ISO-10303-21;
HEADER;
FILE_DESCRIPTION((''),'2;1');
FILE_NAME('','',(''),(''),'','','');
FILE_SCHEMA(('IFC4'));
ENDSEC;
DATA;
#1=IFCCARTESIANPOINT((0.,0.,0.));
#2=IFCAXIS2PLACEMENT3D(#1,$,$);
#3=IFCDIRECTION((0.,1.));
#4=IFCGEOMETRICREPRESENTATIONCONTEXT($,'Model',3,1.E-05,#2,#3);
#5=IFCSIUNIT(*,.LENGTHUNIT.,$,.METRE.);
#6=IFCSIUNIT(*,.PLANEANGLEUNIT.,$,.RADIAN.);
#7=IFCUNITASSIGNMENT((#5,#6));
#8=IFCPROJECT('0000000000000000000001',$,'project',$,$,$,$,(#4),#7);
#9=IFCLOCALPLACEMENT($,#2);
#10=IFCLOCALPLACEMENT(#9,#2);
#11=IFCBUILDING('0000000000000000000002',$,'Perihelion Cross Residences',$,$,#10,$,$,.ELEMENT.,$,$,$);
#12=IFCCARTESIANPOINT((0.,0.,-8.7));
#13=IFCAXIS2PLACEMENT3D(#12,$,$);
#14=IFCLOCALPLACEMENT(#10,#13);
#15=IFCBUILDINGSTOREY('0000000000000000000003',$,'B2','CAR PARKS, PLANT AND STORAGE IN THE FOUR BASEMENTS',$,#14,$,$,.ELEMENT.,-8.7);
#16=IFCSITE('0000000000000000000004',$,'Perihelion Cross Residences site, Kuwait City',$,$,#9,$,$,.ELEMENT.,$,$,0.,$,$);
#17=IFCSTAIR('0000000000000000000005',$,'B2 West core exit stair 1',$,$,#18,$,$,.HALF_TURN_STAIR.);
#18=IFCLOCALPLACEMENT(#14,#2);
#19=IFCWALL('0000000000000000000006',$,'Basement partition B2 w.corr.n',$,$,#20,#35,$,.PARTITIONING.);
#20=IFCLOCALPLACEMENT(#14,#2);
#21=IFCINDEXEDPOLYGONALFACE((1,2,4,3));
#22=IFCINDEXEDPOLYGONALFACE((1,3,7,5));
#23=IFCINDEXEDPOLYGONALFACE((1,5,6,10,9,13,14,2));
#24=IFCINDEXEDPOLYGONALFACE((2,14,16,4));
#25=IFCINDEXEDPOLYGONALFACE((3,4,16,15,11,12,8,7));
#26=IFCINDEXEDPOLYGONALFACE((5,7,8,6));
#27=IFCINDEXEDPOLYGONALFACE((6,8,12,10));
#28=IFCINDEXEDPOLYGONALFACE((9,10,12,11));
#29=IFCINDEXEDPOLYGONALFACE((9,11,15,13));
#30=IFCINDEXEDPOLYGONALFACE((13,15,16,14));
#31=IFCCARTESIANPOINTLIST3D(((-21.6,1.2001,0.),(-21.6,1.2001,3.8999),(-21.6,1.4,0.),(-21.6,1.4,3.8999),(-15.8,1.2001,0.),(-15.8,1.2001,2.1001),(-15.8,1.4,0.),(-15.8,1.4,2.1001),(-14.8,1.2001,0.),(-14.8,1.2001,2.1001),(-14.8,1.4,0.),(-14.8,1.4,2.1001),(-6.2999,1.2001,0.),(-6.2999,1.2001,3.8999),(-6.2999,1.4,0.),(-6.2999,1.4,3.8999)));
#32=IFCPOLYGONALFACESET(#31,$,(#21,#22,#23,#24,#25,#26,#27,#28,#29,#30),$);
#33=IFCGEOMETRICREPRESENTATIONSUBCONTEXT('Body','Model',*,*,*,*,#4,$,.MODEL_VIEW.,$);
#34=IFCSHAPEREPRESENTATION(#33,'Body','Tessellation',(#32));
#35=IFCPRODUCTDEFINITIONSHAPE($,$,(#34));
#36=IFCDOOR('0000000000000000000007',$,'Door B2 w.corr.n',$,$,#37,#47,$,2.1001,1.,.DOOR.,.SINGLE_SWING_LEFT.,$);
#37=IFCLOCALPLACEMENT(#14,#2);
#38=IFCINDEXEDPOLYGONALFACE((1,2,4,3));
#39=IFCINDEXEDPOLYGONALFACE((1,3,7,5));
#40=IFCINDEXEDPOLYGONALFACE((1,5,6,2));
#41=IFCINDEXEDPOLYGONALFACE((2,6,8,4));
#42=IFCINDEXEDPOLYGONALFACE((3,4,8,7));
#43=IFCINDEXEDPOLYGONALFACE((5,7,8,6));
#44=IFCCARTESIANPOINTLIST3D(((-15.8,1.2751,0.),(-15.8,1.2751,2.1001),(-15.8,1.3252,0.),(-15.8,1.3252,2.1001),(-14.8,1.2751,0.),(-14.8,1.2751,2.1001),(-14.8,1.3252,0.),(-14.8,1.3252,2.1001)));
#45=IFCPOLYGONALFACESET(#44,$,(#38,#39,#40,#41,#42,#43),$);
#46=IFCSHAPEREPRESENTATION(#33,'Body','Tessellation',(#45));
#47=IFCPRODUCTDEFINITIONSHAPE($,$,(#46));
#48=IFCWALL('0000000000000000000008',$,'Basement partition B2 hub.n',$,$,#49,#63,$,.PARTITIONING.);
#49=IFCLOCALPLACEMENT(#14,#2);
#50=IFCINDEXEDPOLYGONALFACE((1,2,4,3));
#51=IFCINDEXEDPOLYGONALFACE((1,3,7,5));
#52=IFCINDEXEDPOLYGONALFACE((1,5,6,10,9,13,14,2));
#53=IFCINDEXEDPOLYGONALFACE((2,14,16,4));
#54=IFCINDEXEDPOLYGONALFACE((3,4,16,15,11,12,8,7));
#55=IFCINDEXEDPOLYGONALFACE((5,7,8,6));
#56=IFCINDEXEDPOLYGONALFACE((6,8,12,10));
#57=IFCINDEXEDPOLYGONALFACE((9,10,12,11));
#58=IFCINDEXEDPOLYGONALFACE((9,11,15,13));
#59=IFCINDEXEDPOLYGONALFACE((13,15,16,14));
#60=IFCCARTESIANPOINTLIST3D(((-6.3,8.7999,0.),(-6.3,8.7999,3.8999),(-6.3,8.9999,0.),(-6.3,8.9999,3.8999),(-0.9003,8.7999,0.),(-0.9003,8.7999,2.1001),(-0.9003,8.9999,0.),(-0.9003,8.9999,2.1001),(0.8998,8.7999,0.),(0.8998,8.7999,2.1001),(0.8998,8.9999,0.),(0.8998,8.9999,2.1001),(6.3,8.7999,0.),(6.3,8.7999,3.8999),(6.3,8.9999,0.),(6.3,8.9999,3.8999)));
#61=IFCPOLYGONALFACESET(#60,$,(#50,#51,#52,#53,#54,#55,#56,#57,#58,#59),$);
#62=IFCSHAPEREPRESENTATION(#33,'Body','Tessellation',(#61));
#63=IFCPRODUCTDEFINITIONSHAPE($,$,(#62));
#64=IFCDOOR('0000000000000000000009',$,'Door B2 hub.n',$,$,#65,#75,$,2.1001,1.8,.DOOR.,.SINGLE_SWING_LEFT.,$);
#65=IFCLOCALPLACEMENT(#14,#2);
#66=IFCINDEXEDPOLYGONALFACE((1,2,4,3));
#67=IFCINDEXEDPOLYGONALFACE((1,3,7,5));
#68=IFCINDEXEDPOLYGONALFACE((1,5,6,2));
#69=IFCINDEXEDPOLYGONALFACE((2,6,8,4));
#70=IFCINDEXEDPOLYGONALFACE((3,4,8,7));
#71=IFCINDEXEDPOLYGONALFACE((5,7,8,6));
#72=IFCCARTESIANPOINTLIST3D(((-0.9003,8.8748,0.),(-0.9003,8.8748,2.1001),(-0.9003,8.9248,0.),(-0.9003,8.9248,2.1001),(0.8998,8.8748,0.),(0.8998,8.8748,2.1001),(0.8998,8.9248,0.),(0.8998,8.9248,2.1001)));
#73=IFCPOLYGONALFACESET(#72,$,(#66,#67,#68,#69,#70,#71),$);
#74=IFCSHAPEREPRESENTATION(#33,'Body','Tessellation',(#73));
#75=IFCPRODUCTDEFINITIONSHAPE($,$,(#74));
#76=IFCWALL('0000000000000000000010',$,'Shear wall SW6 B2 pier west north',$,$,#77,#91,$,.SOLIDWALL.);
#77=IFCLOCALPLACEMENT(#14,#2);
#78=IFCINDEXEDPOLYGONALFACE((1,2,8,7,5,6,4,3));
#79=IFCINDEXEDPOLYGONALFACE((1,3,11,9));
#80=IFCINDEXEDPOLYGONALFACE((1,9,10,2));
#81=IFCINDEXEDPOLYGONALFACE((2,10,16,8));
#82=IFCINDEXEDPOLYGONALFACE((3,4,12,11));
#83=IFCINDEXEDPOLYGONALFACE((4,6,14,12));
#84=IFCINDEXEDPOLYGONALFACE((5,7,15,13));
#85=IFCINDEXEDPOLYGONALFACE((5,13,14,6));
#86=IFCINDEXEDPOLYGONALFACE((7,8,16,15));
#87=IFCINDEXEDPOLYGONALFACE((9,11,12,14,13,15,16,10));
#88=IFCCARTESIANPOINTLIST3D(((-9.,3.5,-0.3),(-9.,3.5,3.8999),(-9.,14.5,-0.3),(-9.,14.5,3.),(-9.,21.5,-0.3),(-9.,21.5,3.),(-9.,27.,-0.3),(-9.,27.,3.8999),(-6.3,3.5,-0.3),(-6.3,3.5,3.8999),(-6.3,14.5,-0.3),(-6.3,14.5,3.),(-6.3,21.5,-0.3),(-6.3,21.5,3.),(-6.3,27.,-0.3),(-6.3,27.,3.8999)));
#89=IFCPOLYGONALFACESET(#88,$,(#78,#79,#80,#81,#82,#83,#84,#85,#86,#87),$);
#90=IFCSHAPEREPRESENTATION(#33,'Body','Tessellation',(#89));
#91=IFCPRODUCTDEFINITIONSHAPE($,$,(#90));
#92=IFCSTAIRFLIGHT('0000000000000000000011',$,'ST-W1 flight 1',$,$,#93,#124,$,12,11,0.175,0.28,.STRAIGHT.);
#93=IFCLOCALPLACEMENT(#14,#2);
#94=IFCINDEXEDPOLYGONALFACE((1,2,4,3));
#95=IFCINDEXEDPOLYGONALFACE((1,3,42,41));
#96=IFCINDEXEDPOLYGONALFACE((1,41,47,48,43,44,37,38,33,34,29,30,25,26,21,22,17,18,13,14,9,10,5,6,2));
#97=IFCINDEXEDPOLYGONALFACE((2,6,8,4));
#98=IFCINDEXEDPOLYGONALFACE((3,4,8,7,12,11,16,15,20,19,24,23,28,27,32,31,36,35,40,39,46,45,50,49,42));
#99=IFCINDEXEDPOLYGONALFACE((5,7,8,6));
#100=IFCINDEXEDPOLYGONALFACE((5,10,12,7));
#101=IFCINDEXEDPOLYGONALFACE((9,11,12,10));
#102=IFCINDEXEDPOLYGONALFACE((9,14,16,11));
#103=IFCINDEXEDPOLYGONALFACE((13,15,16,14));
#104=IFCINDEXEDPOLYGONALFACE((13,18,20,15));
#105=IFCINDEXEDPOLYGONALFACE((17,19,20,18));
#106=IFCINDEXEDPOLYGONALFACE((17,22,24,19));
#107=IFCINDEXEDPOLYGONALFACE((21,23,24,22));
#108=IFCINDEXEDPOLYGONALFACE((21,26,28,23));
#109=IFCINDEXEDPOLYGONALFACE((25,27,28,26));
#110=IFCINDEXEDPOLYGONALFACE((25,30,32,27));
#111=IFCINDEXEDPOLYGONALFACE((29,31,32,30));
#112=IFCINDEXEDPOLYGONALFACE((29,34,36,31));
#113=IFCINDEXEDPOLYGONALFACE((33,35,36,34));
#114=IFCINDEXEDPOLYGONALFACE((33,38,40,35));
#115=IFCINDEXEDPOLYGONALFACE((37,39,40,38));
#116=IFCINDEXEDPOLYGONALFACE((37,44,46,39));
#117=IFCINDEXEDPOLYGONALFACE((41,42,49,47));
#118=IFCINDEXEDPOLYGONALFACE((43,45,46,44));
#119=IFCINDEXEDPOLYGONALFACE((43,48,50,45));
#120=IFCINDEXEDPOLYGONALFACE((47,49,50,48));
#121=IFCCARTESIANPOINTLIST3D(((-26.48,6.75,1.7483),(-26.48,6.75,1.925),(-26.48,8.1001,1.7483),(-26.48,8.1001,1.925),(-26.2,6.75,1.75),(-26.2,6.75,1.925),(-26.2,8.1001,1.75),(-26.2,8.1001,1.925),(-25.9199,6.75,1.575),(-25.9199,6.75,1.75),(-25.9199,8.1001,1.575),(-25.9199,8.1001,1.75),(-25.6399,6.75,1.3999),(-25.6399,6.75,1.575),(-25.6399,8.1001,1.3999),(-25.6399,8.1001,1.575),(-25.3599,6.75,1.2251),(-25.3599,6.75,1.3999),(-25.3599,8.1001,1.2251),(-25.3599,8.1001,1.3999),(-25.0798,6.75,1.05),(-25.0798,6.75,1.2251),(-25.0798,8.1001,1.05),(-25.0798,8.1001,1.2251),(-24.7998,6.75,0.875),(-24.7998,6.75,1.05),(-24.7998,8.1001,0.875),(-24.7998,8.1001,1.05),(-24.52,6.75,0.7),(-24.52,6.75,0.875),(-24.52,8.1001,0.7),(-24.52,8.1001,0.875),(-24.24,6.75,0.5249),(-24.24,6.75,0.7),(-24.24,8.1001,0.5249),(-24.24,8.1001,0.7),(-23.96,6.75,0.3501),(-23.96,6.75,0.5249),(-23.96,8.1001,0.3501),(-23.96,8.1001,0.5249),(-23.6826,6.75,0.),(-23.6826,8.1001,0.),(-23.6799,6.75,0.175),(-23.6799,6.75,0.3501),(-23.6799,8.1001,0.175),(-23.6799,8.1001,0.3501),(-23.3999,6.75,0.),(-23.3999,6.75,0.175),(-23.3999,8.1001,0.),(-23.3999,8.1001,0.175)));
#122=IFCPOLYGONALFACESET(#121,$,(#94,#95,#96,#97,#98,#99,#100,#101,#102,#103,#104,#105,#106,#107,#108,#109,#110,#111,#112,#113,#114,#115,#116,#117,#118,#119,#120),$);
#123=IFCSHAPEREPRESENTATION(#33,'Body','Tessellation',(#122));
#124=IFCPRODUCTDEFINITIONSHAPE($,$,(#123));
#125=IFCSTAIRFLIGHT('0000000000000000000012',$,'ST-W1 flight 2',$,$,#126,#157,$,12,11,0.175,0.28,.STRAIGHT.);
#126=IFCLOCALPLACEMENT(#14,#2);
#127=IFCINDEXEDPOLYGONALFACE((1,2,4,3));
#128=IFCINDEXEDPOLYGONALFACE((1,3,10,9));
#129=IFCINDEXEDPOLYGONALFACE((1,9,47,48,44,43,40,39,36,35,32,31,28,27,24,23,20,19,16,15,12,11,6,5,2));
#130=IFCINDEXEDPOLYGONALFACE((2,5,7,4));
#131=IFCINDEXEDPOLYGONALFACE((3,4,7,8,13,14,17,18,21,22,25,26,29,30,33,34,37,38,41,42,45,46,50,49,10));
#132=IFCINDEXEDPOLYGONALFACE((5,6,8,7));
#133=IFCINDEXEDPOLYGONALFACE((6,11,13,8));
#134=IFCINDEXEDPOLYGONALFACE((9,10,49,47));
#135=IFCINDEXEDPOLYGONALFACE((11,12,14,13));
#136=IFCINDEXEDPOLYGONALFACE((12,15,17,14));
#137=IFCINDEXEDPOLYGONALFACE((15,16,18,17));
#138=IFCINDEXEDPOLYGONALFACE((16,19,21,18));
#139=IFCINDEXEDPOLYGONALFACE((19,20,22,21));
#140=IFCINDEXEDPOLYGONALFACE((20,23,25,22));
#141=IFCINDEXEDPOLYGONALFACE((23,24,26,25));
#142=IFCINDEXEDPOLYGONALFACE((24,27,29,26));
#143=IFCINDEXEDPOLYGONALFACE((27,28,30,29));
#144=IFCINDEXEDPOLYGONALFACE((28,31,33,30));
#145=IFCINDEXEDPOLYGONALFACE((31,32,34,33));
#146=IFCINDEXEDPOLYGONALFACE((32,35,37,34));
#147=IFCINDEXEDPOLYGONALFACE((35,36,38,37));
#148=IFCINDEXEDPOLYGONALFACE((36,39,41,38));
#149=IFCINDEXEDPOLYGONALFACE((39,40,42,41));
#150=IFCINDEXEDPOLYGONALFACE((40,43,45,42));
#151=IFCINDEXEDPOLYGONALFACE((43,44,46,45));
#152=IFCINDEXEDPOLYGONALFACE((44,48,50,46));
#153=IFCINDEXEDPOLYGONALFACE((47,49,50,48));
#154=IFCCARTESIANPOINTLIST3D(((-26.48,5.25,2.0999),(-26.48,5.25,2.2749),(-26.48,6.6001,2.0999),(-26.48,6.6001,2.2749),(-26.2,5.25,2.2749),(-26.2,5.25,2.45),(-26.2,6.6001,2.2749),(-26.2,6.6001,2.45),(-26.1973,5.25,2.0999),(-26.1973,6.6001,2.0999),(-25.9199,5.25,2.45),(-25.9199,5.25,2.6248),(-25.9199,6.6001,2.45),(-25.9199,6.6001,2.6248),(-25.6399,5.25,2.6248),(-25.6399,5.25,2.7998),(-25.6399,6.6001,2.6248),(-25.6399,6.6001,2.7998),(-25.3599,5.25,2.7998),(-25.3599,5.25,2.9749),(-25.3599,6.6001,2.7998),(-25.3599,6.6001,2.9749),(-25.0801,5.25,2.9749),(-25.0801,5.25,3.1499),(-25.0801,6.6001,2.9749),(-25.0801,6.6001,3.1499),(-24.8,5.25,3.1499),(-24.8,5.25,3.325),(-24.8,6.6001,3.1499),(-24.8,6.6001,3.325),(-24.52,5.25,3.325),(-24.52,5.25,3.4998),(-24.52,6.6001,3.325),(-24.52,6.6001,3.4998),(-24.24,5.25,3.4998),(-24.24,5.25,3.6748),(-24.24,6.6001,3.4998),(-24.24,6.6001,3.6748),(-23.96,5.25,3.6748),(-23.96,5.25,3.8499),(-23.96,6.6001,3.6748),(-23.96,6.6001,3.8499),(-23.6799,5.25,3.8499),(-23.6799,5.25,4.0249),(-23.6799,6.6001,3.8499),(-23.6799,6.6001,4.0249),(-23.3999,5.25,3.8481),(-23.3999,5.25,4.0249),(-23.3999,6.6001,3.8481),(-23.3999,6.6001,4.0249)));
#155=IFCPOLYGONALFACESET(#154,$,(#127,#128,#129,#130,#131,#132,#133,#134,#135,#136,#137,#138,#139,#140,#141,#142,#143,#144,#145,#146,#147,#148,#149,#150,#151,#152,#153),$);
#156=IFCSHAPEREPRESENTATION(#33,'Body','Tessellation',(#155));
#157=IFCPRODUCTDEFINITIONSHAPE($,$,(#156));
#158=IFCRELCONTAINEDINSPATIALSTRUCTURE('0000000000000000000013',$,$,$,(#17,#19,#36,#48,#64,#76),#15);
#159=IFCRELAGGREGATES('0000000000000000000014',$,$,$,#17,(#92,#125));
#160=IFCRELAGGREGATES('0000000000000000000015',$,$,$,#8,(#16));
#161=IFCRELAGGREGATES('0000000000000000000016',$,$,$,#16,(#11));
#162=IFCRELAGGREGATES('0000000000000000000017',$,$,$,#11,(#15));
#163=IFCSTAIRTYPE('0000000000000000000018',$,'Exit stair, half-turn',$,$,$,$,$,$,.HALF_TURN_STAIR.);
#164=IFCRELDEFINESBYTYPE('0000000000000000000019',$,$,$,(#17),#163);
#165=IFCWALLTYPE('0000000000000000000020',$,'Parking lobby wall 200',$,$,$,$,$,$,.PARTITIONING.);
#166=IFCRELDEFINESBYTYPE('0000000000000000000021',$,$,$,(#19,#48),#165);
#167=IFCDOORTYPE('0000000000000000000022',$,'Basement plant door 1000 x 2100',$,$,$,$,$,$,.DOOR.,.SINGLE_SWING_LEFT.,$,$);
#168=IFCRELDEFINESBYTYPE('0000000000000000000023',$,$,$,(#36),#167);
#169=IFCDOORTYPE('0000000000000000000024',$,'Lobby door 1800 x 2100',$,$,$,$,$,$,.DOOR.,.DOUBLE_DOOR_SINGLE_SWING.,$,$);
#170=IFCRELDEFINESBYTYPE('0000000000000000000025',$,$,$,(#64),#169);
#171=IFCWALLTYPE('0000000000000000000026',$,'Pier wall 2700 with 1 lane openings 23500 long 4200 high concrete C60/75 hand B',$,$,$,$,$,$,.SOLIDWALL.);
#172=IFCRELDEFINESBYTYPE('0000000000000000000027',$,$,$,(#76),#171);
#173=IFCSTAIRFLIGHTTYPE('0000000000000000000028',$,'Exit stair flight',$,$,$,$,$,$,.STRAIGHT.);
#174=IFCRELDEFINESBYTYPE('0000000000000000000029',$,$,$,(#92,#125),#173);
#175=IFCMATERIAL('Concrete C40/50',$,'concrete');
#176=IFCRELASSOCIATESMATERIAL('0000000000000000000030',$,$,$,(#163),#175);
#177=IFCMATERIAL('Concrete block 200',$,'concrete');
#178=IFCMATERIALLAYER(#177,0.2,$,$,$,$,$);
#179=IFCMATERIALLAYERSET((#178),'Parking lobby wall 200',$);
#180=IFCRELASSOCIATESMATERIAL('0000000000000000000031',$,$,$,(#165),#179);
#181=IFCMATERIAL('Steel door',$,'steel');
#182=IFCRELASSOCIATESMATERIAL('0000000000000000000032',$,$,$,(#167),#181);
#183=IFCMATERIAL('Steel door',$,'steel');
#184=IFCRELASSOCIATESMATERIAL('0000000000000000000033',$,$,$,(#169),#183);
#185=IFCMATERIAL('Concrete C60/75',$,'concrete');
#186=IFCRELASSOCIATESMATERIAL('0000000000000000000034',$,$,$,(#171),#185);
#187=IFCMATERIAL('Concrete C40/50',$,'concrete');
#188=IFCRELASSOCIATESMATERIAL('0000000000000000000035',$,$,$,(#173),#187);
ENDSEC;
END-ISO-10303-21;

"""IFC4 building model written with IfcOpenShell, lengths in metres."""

from ifc_helpers import new_model, si_unit, direction, frame, frame_2d, origin, place, context, subcontext, project, spatial, polyline, rectangle, outline, extrude, material, layer, layer_set, material_profile, profile_set, type_object, element, fill, aggregate, save


model = new_model("IFC4")

# Units and contexts
model_context = context("Model", 3, precision=1e-05, world=origin(), true_north=direction((0.0, 1.0)))
body_context = subcontext(model_context, "Body", "Model", "MODEL_VIEW")
ifc_project = project(units=[si_unit("LENGTHUNIT", "METRE"), si_unit("PLANEANGLEUNIT", "RADIAN")], contexts=[model_context])

# Site, building, storey
site_placement = place(None, origin())
site = spatial("IfcSite", under=ifc_project, at=site_placement, Name="Perihelion Cross Residences site, Kuwait City", CompositionType="ELEMENT", RefElevation=0.0)
building_placement = place(site_placement, origin())
building = spatial("IfcBuilding", under=site, at=building_placement, Name="Perihelion Cross Residences", CompositionType="ELEMENT")
storey_placement = place(building_placement, frame((0.0, 0.0, -8.7)))
storey = spatial("IfcBuildingStorey", under=building, at=storey_placement, Name="B2", Description="CAR PARKS, PLANT AND STORAGE IN THE FOUR BASEMENTS", CompositionType="ELEMENT", Elevation=-8.7)

# Stair
ifc_material_1 = material(Name="Concrete C40/50", Category="concrete")
stair_type = type_object("IfcStairType", Name="Exit stair, half-turn", PredefinedType="HALF_TURN_STAIR", material=ifc_material_1)
stair_1_placement = place(storey_placement, origin())
stair_1 = element("IfcStair", 1, at=stair_1_placement, inside=storey, type_object=stair_type, Name="B2 West core exit stair 1", PredefinedType="HALF_TURN_STAIR")

# Walls, openings, doors
ifc_material_2 = material(Name="Concrete block 200", Category="concrete")
ifc_layer_1 = layer(ifc_material_2, 0.2)
ifc_layer_set_1 = layer_set([ifc_layer_1], Name="Parking lobby wall 200")
wall_type_1 = type_object("IfcWallType", Name="Parking lobby wall 200", PredefinedType="PARTITIONING", material=ifc_layer_set_1)
wall_1_placement = place(storey_placement, frame((-6.3, 1.3, 0.0), z_axis=(0.0, 0.0, 1.0), x_axis=(-1.0, 0.0, 0.0)))
wall_1 = element("IfcWall", 2, at=wall_1_placement, inside=storey, type_object=wall_type_1, Name="Basement partition B2 w.corr.n", PredefinedType="PARTITIONING", context=body_context, shape_type="SweptSolid", body=[
    extrude(rectangle(XDim=15.3, YDim=0.2, at=frame_2d((7.6499, 0.0))), origin(), (0.0, 0.0, 1.0), 3.8999),
])
opening_1_placement = place(wall_1_placement, frame((8.5, 0.0, 0.0)))
opening_1 = element("IfcOpeningElement", 3, at=opening_1_placement, cuts=wall_1, PredefinedType="OPENING", context=body_context, shape_type="SweptSolid", body=[
    extrude(rectangle(XDim=1.0, YDim=2.1001, at=frame_2d((0.5, 1.05))), frame((0.0, 0.1099, 0.0), z_axis=(0.0, -1.0, 0.0), x_axis=(1.0, 0.0, 0.0)), (0.0, 0.0, 1.0), 0.22),
])
ifc_material_3 = material(Name="Steel door", Category="steel")
door_type_1 = type_object("IfcDoorType", Name="Basement plant door 1000 x 2100", OperationType="SINGLE_SWING_LEFT", PredefinedType="DOOR", material=ifc_material_3)
door_1_placement = place(opening_1_placement, origin())
door_1 = element("IfcDoor", 4, at=door_1_placement, inside=storey, type_object=door_type_1, Name="Door B2 w.corr.n", OperationType="SINGLE_SWING_LEFT", OverallHeight=2.1001, OverallWidth=1.0, PredefinedType="DOOR", context=body_context, shape_type="SweptSolid", body=[
    extrude(rectangle(XDim=1.0, YDim=2.1001, at=frame_2d((0.5, 1.05))), frame((0.0, 0.0249, 0.0), z_axis=(0.0, -1.0, 0.0), x_axis=(1.0, 0.0, 0.0)), (0.0, 0.0, 1.0), 0.05),
])
fill(opening_1, door_1)
wall_2_placement = place(storey_placement, frame((-6.3, 8.8999, 0.0), z_axis=(0.0, 0.0, 1.0), x_axis=(1.0, 0.0, 0.0)))
wall_2 = element("IfcWall", 5, at=wall_2_placement, inside=storey, type_object=wall_type_1, Name="Basement partition B2 hub.n", PredefinedType="PARTITIONING", context=body_context, shape_type="SweptSolid", body=[
    extrude(rectangle(XDim=12.6001, YDim=0.2, at=frame_2d((6.3, 0.0))), origin(), (0.0, 0.0, 1.0), 3.8999),
])
opening_2_placement = place(wall_2_placement, frame((5.3999, 0.0, 0.0)))
opening_2 = element("IfcOpeningElement", 6, at=opening_2_placement, cuts=wall_2, PredefinedType="OPENING", context=body_context, shape_type="SweptSolid", body=[
    extrude(rectangle(XDim=1.8, YDim=2.1001, at=frame_2d((0.8999, 1.05))), frame((0.0, 0.1099, 0.0), z_axis=(0.0, -1.0, 0.0), x_axis=(1.0, 0.0, 0.0)), (0.0, 0.0, 1.0), 0.22),
])
ifc_material_4 = material(Name="Steel door", Category="steel")
door_type_2 = type_object("IfcDoorType", Name="Lobby door 1800 x 2100", OperationType="DOUBLE_DOOR_SINGLE_SWING", PredefinedType="DOOR", material=ifc_material_4)
door_2_placement = place(opening_2_placement, origin())
door_2 = element("IfcDoor", 7, at=door_2_placement, inside=storey, type_object=door_type_2, Name="Door B2 hub.n", OperationType="SINGLE_SWING_LEFT", OverallHeight=2.1001, OverallWidth=1.8, PredefinedType="DOOR", context=body_context, shape_type="SweptSolid", body=[
    extrude(rectangle(XDim=1.8, YDim=2.1001, at=frame_2d((0.8999, 1.05))), frame((0.0, 0.0249, 0.0), z_axis=(0.0, -1.0, 0.0), x_axis=(1.0, 0.0, 0.0)), (0.0, 0.0, 1.0), 0.05),
])
fill(opening_2, door_2)

# Wall
ifc_material_5 = material(Name="Concrete C60/75", Category="concrete")
ifc_material_profile_1 = material_profile(ifc_material_5, outline(polyline([(0.0, 0.0), (11.0, 0.0), (11.0, 3.3), (18.0, 3.3), (18.0, 0.0), (23.5, 0.0), (23.5, 4.2), (0.0, 4.2), (0.0, 0.0)])), Name="Pier wall")
ifc_profile_set_1 = profile_set([ifc_material_profile_1], Name="Concrete C60/75")
wall_type_2 = type_object("IfcWallType", Name="Pier wall 2700 with 1 lane openings 23500 long 4200 high concrete C60/75 hand B", PredefinedType="SOLIDWALL", material=ifc_profile_set_1)
wall_3_placement = place(storey_placement, frame((-9.0, 3.5, -0.3), z_axis=(1.0, 0.0, 0.0), x_axis=(0.0, 1.0, 0.0)))
element("IfcWall", 8, at=wall_3_placement, inside=storey, type_object=wall_type_2, Name="Shear wall SW6 B2 pier west north", PredefinedType="SOLIDWALL", context=body_context, shape_type="SweptSolid", body=[
    extrude(outline(polyline([(0.0, 0.0), (11.0, 0.0), (11.0, 3.3), (18.0, 3.3), (18.0, 0.0), (23.5, 0.0), (23.5, 4.2), (0.0, 4.2), (0.0, 0.0)])), origin(), (0.0, 0.0, 1.0), 2.7),
])

# Stair flights
ifc_material_6 = material(Name="Concrete C40/50", Category="concrete")
stair_flight_type = type_object("IfcStairFlightType", Name="Exit stair flight", PredefinedType="STRAIGHT", material=ifc_material_6)
stair_flight_1_placement = place(storey_placement, frame((-23.3999, 7.425, 0.0), z_axis=(0.0, 0.0, 1.0), x_axis=(-1.0, 0.0, 0.0)))
stair_flight_1 = element("IfcStairFlight", 9, at=stair_flight_1_placement, type_object=stair_flight_type, Name="ST-W1 flight 1", NumberOfRisers=12, NumberOfTreads=11, PredefinedType="STRAIGHT", RiserHeight=0.175, TreadLength=0.28, context=body_context, shape_type="SweptSolid", body=[
    extrude(outline(polyline([(0.0, 0.0), (0.0, 0.175), (0.28, 0.175), (0.28, 0.3501), (0.5601, 0.3501), (0.5601, 0.5249), (0.8401, 0.5249), (0.8401, 0.7), (1.1201, 0.7), (1.1201, 0.875), (1.3999, 0.875), (1.3999, 1.05), (1.6799, 1.05), (1.6799, 1.2251), (1.96, 1.2251), (1.96, 1.3999), (2.24, 1.3999), (2.24, 1.575), (2.52, 1.575), (2.52, 1.75), (2.8, 1.75), (2.8, 1.925), (3.0801, 1.925), (3.0801, 2.1001), (3.0801, 1.7483), (0.2827, 0.0), (0.0, 0.0)])), frame((0.0, 0.675, 0.0), z_axis=(0.0, -1.0, 0.0), x_axis=(1.0, 0.0, 0.0)), (0.0, 0.0, 1.0), 1.3501),
])
stair_flight_2_placement = place(storey_placement, frame((-26.48, 5.925, 2.0999), z_axis=(0.0, 0.0, 1.0), x_axis=(1.0, 0.0, 0.0)))
stair_flight_2 = element("IfcStairFlight", 10, at=stair_flight_2_placement, type_object=stair_flight_type, Name="ST-W1 flight 2", NumberOfRisers=12, NumberOfTreads=11, PredefinedType="STRAIGHT", RiserHeight=0.175, TreadLength=0.28, context=body_context, shape_type="SweptSolid", body=[
    extrude(outline(polyline([(0.0, 0.0), (0.0, 0.175), (0.28, 0.175), (0.28, 0.3501), (0.5601, 0.3501), (0.5601, 0.5249), (0.8401, 0.5249), (0.8401, 0.7), (1.1201, 0.7), (1.1201, 0.875), (1.3999, 0.875), (1.3999, 1.05), (1.6799, 1.05), (1.6799, 1.2251), (1.96, 1.2251), (1.96, 1.3999), (2.24, 1.3999), (2.24, 1.575), (2.52, 1.575), (2.52, 1.75), (2.8, 1.75), (2.8, 1.925), (3.0801, 1.925), (3.0801, 2.1001), (3.0801, 1.7483), (0.2827, 0.0), (0.0, 0.0)])), frame((0.0, 0.675, 0.0), z_axis=(0.0, -1.0, 0.0), x_axis=(1.0, 0.0, 0.0)), (0.0, 0.0, 1.0), 1.3501),
])
aggregate(stair_1, [stair_flight_1, stair_flight_2])

save(model, "model.ifc")
